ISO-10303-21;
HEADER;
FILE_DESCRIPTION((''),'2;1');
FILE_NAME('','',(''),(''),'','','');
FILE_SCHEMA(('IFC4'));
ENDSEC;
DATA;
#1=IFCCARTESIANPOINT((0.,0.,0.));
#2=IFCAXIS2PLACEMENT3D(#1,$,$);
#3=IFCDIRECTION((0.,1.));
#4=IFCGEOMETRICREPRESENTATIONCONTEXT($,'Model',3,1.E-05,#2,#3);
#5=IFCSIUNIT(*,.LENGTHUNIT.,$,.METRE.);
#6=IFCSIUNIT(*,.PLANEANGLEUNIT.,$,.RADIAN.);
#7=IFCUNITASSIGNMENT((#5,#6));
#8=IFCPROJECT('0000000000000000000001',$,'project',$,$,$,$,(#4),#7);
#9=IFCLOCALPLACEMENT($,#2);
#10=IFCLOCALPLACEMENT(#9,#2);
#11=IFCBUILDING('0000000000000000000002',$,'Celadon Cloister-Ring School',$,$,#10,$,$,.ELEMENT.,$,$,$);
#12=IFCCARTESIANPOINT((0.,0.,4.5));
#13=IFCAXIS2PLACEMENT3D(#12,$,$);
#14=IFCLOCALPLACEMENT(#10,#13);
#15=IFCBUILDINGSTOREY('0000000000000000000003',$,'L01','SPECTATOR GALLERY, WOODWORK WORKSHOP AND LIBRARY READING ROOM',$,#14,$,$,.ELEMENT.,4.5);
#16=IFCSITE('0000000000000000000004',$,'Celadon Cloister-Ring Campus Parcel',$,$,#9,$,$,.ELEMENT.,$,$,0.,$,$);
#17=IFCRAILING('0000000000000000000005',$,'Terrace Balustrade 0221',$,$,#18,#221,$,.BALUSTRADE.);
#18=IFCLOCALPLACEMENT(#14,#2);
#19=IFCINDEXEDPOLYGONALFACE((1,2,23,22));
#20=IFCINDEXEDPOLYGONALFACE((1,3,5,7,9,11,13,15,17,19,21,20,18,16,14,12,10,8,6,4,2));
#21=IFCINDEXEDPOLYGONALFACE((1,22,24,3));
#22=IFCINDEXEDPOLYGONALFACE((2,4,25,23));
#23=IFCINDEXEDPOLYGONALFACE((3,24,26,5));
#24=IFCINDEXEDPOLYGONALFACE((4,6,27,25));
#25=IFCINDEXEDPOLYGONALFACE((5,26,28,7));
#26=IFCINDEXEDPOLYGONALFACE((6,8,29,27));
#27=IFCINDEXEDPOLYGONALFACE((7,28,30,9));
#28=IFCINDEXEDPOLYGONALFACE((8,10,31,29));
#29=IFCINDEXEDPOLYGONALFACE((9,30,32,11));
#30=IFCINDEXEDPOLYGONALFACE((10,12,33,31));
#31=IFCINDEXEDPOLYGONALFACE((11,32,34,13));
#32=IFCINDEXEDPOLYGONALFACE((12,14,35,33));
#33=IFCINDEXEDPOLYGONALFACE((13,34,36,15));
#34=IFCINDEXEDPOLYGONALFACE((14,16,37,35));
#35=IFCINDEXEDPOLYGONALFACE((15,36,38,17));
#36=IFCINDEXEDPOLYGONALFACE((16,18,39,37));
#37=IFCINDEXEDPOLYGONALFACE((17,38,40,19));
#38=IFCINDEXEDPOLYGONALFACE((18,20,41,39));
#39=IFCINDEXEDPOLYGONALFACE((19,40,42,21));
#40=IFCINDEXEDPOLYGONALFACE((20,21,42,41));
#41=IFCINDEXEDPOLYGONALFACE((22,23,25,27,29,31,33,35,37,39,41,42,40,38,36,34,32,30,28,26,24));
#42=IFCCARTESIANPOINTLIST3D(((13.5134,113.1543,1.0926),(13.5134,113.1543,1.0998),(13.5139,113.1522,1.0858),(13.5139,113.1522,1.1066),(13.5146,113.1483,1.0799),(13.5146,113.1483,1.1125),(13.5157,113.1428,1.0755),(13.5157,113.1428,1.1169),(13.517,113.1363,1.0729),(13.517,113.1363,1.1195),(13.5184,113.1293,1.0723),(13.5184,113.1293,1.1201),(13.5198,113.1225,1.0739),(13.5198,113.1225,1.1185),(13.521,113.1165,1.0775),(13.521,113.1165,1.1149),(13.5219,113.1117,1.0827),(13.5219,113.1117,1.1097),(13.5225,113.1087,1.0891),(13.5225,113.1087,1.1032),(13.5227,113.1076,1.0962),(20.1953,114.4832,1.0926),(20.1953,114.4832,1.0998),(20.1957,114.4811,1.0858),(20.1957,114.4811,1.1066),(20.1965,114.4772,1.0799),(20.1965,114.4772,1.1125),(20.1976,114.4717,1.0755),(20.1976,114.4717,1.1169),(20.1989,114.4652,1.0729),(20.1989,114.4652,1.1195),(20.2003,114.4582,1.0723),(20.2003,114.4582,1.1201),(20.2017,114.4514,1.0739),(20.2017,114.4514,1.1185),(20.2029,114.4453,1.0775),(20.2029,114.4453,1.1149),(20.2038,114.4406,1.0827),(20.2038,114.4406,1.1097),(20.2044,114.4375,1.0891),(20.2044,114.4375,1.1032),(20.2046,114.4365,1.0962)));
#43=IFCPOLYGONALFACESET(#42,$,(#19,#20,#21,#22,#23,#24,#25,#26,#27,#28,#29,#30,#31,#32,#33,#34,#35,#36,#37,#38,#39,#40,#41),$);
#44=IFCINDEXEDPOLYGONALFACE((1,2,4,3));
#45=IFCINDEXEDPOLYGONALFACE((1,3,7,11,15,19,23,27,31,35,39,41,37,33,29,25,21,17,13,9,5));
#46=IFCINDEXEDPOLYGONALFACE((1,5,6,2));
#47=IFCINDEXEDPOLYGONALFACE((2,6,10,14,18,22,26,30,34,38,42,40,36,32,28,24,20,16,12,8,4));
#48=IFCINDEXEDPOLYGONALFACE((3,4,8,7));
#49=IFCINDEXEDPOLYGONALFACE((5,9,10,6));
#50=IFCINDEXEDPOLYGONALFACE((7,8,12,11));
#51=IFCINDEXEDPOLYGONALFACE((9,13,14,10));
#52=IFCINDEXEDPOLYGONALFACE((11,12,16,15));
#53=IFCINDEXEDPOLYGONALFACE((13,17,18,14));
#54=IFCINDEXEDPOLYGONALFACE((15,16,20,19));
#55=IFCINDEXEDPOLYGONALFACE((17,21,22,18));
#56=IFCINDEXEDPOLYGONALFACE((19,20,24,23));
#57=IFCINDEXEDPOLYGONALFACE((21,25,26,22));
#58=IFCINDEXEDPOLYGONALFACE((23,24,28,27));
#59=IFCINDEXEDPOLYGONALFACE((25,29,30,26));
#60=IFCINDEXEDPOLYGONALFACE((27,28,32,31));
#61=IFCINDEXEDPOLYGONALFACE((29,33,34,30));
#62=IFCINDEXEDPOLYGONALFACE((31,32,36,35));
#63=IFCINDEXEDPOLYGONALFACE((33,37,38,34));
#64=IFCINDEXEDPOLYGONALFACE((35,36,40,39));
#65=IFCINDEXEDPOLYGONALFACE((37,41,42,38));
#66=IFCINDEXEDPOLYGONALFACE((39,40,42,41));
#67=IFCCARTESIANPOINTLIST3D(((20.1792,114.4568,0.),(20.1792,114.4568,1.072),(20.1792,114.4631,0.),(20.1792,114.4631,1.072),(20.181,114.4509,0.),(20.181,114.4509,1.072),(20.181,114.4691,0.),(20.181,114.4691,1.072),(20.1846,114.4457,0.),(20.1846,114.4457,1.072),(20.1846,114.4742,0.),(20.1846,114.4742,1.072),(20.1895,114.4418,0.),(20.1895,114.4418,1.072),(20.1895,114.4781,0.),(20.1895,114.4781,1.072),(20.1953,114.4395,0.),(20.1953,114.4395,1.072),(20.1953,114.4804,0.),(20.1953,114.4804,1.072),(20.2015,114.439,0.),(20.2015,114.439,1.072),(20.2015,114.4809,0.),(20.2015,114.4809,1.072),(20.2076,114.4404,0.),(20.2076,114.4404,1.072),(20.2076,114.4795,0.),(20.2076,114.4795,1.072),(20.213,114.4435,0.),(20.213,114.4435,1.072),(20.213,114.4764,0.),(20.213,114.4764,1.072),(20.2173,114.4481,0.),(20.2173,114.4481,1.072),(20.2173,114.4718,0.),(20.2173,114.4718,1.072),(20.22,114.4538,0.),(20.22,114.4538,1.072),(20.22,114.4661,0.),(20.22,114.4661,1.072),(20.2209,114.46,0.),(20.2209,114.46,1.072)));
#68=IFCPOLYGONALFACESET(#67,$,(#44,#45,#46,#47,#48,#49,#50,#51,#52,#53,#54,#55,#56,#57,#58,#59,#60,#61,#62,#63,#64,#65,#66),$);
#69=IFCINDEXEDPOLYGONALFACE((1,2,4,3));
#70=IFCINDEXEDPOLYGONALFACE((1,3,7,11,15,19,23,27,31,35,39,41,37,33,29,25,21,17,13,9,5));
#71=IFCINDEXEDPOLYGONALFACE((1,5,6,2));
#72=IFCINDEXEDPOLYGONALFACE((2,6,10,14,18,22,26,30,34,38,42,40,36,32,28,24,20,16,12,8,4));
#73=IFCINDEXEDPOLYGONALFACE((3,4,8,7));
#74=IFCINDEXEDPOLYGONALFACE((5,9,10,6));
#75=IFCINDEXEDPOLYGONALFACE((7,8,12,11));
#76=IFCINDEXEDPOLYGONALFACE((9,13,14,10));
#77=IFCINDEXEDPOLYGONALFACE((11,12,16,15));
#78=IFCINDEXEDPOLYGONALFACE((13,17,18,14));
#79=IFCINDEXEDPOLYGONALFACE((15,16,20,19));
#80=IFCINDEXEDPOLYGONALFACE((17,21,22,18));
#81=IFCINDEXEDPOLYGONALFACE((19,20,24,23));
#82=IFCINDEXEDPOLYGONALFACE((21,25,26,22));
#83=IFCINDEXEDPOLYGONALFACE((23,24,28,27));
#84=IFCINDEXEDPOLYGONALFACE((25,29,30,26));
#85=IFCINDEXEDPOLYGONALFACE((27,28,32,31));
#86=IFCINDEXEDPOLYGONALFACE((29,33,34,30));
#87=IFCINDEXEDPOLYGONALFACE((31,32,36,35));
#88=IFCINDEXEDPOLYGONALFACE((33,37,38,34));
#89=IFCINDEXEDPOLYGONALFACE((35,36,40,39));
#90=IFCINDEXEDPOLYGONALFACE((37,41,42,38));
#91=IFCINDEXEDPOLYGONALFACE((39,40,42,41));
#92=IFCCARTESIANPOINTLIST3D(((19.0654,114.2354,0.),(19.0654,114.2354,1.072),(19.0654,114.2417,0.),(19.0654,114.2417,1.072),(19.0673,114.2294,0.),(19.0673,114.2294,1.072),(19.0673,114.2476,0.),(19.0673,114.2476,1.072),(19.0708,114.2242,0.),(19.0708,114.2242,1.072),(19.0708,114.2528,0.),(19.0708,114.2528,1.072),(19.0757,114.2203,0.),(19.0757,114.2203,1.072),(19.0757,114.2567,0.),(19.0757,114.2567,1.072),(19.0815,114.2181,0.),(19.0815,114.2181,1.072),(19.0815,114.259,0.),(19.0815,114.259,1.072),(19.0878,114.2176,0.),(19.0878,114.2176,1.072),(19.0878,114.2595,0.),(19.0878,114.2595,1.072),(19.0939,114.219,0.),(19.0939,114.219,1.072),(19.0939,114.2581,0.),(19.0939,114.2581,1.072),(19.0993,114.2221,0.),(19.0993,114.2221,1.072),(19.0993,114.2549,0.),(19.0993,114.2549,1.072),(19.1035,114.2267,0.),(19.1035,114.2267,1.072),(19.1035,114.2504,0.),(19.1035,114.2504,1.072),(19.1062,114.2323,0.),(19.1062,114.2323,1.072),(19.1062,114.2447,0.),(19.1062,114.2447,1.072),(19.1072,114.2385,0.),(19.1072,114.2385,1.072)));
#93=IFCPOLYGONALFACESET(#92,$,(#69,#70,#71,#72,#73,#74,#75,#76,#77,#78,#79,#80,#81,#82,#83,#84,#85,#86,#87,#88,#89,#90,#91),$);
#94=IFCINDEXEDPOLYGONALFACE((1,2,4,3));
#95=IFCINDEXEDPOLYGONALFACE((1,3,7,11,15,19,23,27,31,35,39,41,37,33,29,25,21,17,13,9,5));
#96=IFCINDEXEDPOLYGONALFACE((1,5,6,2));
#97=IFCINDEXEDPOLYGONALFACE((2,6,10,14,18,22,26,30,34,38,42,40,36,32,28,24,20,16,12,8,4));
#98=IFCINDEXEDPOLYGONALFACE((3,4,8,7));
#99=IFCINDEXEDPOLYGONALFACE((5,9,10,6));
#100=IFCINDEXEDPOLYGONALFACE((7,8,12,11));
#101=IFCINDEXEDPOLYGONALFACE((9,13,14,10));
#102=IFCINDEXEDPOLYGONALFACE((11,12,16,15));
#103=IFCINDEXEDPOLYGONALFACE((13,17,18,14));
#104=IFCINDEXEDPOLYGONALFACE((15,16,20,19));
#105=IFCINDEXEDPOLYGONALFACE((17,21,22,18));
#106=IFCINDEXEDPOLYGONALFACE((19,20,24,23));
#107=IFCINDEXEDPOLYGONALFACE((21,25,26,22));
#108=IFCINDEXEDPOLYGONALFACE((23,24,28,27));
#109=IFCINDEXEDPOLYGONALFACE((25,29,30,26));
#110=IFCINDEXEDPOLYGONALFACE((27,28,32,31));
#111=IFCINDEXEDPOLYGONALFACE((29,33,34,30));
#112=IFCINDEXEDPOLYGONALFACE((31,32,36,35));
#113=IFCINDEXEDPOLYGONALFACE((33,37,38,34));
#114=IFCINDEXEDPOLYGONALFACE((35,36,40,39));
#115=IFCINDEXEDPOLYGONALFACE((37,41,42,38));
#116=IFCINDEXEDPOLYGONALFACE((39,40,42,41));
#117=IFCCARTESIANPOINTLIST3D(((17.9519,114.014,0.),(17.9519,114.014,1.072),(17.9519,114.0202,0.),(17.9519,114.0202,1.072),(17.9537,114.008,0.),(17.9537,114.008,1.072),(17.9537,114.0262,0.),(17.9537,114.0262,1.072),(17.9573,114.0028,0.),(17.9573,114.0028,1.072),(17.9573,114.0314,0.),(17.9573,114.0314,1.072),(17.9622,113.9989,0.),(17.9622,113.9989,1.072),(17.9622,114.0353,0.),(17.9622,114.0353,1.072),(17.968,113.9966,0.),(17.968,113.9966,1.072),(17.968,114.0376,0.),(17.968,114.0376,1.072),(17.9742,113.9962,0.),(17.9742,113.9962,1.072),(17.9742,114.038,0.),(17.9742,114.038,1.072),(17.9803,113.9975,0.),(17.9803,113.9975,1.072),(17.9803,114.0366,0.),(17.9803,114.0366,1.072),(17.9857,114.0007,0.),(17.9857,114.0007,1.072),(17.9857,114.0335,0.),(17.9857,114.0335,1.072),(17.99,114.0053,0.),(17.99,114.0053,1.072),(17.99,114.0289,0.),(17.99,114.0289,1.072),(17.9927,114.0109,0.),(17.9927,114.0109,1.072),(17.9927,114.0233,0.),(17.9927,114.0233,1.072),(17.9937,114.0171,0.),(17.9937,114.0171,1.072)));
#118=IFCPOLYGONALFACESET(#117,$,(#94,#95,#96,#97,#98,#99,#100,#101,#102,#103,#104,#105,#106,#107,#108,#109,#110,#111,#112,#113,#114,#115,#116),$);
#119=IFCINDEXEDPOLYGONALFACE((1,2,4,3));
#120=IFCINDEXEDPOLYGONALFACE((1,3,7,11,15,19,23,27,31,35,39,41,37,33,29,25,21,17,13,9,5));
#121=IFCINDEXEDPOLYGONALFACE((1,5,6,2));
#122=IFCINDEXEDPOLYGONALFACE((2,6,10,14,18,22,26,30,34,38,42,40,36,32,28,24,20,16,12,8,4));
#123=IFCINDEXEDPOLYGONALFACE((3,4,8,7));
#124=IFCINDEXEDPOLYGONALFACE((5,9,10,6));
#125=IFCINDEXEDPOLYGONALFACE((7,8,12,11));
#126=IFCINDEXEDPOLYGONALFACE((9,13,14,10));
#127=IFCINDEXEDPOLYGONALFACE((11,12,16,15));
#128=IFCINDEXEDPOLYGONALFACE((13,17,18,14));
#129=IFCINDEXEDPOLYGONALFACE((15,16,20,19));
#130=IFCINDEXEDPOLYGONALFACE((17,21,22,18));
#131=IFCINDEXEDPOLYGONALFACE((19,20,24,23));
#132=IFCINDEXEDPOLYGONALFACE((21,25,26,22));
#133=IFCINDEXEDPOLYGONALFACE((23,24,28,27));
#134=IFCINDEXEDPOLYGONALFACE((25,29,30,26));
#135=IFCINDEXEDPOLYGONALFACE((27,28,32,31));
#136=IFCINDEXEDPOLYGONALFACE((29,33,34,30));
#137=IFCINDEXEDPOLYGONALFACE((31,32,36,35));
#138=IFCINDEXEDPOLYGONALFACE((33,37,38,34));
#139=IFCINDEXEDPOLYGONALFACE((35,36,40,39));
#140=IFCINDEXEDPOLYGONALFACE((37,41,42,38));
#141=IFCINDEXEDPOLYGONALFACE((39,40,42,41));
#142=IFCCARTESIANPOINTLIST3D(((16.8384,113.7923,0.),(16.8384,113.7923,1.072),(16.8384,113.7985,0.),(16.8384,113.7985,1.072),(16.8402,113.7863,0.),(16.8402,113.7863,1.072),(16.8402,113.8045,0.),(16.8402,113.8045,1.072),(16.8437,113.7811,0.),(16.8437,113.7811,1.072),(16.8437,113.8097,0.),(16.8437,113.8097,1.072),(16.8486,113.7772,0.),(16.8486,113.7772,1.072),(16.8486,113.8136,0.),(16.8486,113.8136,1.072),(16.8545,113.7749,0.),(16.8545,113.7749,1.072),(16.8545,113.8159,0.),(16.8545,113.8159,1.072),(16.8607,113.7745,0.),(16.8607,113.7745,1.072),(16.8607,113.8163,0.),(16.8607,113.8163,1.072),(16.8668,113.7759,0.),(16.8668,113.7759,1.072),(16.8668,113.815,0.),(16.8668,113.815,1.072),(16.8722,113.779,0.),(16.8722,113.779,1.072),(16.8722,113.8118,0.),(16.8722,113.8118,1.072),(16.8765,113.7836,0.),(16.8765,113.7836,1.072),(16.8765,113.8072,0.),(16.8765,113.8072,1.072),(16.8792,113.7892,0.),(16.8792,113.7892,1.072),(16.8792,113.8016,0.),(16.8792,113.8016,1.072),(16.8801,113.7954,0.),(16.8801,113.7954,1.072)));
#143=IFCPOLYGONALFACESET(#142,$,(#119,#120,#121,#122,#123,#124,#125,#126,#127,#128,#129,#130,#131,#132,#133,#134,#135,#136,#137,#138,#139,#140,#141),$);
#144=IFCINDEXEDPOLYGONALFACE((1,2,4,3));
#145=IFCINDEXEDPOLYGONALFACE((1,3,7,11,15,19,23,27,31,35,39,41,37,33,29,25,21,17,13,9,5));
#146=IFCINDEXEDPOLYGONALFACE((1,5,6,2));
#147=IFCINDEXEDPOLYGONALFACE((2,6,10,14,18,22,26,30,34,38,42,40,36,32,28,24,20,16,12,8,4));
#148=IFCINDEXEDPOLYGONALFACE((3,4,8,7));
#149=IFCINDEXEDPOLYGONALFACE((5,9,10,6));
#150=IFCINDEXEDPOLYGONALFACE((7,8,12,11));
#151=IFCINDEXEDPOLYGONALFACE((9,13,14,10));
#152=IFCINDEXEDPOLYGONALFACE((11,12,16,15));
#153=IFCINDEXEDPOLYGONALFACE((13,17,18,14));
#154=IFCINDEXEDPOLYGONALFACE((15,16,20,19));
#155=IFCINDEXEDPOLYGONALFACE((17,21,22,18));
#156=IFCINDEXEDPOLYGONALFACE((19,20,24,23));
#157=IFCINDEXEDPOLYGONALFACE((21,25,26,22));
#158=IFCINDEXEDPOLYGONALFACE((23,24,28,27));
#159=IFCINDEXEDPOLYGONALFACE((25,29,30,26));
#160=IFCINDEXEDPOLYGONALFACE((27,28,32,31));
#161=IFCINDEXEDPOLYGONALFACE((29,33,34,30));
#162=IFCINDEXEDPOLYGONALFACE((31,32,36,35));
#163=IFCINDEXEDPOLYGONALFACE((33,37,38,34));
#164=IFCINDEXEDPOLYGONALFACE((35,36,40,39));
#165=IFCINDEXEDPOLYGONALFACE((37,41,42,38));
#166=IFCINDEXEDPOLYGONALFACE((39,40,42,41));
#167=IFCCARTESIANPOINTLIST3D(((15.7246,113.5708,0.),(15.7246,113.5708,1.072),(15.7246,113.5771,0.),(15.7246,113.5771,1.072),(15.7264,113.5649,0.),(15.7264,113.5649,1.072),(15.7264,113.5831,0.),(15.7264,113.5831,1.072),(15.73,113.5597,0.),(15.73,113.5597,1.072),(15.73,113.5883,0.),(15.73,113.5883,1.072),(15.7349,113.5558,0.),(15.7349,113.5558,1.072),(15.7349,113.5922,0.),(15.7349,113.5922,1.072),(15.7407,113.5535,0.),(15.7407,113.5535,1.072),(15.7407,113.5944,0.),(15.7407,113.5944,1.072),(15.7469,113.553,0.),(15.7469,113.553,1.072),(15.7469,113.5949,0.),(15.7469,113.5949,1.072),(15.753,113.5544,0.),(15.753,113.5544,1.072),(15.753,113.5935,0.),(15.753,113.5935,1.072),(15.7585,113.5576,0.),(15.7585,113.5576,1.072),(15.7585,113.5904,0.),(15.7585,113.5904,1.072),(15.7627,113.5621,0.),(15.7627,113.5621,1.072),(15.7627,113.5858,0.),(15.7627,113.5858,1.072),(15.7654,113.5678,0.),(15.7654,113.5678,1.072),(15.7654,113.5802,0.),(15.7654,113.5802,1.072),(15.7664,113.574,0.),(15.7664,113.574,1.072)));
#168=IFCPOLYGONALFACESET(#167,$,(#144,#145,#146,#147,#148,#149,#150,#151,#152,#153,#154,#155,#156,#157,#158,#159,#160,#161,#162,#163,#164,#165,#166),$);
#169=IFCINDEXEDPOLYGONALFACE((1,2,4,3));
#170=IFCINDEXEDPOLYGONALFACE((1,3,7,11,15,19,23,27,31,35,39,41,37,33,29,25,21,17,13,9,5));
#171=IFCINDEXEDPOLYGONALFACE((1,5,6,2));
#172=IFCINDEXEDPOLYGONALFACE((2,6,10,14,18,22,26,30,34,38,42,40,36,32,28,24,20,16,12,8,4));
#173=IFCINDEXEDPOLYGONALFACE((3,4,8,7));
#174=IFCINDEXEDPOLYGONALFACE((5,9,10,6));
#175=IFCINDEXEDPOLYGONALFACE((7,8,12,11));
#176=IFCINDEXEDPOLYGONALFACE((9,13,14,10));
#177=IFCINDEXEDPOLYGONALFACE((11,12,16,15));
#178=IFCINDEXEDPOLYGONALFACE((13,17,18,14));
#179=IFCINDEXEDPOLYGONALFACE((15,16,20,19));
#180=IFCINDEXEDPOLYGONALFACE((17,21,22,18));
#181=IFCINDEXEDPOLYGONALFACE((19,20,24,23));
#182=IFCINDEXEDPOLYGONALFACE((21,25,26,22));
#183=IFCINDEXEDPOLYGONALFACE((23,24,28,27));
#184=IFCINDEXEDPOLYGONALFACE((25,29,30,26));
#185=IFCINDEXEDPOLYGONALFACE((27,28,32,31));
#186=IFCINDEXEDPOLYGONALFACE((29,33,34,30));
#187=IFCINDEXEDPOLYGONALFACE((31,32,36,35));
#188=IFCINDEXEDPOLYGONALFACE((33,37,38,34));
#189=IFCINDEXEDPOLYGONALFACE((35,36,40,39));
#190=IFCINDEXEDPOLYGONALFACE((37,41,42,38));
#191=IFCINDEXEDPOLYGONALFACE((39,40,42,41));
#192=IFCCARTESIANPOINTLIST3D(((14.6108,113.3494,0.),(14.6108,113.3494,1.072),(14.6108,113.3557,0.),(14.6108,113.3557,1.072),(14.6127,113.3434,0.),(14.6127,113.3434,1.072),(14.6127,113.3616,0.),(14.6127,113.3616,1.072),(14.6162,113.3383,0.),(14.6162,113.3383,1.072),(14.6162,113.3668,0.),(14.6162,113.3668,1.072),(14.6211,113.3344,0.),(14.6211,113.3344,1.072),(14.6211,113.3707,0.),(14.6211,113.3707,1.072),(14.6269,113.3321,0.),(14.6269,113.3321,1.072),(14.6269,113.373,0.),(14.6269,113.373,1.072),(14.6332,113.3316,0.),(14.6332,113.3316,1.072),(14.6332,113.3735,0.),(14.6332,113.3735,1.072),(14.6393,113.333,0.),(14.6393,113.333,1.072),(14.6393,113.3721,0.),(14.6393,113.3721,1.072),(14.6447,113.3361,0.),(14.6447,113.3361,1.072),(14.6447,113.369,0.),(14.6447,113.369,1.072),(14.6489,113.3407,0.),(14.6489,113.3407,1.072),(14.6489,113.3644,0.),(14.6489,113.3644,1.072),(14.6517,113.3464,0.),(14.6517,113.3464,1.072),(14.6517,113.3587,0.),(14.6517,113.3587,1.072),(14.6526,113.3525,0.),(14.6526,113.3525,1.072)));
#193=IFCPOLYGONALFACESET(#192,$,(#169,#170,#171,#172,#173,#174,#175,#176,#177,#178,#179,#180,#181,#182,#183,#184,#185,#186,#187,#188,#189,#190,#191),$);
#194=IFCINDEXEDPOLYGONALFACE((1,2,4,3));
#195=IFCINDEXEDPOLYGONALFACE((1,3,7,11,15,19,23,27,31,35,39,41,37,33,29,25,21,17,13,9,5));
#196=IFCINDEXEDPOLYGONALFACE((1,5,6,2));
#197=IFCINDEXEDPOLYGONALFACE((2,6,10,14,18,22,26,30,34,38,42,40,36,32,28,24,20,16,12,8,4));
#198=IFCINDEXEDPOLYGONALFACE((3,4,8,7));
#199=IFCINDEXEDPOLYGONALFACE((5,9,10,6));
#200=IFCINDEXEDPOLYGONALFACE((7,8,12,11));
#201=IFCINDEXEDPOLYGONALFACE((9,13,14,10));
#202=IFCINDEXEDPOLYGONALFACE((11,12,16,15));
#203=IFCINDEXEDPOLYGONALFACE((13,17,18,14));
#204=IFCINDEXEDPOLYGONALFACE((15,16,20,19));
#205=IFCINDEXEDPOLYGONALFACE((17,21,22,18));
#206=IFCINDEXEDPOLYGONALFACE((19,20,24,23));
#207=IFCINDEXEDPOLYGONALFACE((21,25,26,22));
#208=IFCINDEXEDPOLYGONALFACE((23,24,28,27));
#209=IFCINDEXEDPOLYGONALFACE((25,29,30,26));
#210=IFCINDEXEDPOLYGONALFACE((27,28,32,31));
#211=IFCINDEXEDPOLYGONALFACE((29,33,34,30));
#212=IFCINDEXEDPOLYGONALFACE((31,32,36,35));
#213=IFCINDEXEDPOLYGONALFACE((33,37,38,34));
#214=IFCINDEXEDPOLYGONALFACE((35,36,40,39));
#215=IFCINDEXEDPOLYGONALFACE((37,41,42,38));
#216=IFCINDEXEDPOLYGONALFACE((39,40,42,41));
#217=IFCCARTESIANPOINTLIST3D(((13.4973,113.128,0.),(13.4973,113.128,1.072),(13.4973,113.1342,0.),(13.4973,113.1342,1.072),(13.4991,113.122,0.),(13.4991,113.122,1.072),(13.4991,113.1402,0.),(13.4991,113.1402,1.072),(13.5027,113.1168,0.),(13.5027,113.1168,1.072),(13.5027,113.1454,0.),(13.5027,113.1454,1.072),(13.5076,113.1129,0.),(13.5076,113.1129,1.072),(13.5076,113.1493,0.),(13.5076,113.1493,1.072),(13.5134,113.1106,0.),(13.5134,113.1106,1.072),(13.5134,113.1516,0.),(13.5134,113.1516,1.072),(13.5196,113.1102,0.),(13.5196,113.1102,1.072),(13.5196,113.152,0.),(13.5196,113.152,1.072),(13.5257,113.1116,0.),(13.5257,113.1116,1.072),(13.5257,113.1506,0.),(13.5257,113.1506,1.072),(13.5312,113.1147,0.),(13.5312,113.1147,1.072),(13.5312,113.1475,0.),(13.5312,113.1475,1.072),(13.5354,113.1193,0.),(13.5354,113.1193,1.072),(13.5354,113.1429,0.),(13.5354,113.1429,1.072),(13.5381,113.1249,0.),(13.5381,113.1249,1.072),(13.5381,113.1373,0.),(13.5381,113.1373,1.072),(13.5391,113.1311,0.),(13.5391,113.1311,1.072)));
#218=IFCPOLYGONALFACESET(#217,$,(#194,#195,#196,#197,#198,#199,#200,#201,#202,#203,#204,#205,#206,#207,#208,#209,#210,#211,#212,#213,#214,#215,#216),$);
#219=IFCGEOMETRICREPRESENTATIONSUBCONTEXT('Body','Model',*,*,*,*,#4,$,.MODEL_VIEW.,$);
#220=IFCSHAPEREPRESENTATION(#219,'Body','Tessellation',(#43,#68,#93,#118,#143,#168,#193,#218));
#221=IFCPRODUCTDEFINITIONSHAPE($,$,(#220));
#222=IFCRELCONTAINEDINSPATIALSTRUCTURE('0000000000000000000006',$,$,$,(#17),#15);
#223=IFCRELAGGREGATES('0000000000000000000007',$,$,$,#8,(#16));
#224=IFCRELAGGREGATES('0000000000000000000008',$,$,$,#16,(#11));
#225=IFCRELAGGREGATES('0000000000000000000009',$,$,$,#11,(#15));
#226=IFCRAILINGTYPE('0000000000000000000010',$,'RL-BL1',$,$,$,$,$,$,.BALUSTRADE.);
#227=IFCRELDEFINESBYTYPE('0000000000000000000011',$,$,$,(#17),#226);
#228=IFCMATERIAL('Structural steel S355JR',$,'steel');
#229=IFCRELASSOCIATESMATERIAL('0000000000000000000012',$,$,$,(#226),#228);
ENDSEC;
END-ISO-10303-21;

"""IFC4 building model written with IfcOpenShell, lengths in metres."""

from ifc_helpers import new_model, si_unit, direction, frame, origin, origin_2d, place, context, subcontext, project, spatial, circle, extrude, material, type_object, element, save


model = new_model("IFC4")

# Units and contexts
model_context = context("Model", 3, precision=1e-05, world=origin(), true_north=direction((0.0, 1.0)))
body_context = subcontext(model_context, "Body", "Model", "MODEL_VIEW")
ifc_project = project(units=[si_unit("LENGTHUNIT", "METRE"), si_unit("PLANEANGLEUNIT", "RADIAN")], contexts=[model_context])

# Site, building, storey
site_placement = place(None, origin())
site = spatial("IfcSite", under=ifc_project, at=site_placement, Name="Celadon Cloister-Ring Campus Parcel", CompositionType="ELEMENT", RefElevation=0.0)
building_placement = place(site_placement, origin())
building = spatial("IfcBuilding", under=site, at=building_placement, Name="Celadon Cloister-Ring School", CompositionType="ELEMENT")
storey_placement = place(building_placement, frame((0.0, 0.0, 4.5)))
storey = spatial("IfcBuildingStorey", under=building, at=storey_placement, Name="L01", Description="SPECTATOR GALLERY, WOODWORK WORKSHOP AND LIBRARY READING ROOM", CompositionType="ELEMENT", Elevation=4.5)

# Railing
ifc_material_1 = material(Name="Structural steel S355JR", Category="steel")
railing_type_1 = type_object("IfcRailingType", Name="RL-BL1", PredefinedType="BALUSTRADE", material=ifc_material_1)
railing_1_placement = place(storey_placement, frame((20.2, 114.46, 0.0)))
element("IfcRailing", 1, at=railing_1_placement, inside=storey, type_object=railing_type_1, Name="Terrace Balustrade 0221", PredefinedType="BALUSTRADE", context=body_context, shape_type="SweptSolid", body=[
    extrude(circle(Radius=0.0239, at=origin_2d()), frame((0.0, 0.0, 1.0962), z_axis=(-0.980792, -0.195055, 0.0), x_axis=(0.195055, -0.980792, 0.0)), (0.0, 0.0, 1.0), 6.8127),
    extrude(circle(Radius=0.021, at=origin_2d()), origin(), (0.0, 0.0, 1.0), 1.072),
    extrude(circle(Radius=0.021, at=origin_2d()), frame((-1.1138, -0.2214, 0.0)), (0.0, 0.0, 1.0), 1.072),
    extrude(circle(Radius=0.021, at=origin_2d()), frame((-2.2273, -0.4429, 0.0)), (0.0, 0.0, 1.0), 1.072),
    extrude(circle(Radius=0.021, at=origin_2d()), frame((-3.3408, -0.6646, 0.0)), (0.0, 0.0, 1.0), 1.072),
    extrude(circle(Radius=0.021, at=origin_2d()), frame((-4.4546, -0.886, 0.0)), (0.0, 0.0, 1.0), 1.072),
    extrude(circle(Radius=0.021, at=origin_2d()), frame((-5.5684, -1.1074, 0.0)), (0.0, 0.0, 1.0), 1.072),
    extrude(circle(Radius=0.021, at=origin_2d()), frame((-6.6819, -1.3289, 0.0)), (0.0, 0.0, 1.0), 1.072),
])

save(model, "model.ifc")
